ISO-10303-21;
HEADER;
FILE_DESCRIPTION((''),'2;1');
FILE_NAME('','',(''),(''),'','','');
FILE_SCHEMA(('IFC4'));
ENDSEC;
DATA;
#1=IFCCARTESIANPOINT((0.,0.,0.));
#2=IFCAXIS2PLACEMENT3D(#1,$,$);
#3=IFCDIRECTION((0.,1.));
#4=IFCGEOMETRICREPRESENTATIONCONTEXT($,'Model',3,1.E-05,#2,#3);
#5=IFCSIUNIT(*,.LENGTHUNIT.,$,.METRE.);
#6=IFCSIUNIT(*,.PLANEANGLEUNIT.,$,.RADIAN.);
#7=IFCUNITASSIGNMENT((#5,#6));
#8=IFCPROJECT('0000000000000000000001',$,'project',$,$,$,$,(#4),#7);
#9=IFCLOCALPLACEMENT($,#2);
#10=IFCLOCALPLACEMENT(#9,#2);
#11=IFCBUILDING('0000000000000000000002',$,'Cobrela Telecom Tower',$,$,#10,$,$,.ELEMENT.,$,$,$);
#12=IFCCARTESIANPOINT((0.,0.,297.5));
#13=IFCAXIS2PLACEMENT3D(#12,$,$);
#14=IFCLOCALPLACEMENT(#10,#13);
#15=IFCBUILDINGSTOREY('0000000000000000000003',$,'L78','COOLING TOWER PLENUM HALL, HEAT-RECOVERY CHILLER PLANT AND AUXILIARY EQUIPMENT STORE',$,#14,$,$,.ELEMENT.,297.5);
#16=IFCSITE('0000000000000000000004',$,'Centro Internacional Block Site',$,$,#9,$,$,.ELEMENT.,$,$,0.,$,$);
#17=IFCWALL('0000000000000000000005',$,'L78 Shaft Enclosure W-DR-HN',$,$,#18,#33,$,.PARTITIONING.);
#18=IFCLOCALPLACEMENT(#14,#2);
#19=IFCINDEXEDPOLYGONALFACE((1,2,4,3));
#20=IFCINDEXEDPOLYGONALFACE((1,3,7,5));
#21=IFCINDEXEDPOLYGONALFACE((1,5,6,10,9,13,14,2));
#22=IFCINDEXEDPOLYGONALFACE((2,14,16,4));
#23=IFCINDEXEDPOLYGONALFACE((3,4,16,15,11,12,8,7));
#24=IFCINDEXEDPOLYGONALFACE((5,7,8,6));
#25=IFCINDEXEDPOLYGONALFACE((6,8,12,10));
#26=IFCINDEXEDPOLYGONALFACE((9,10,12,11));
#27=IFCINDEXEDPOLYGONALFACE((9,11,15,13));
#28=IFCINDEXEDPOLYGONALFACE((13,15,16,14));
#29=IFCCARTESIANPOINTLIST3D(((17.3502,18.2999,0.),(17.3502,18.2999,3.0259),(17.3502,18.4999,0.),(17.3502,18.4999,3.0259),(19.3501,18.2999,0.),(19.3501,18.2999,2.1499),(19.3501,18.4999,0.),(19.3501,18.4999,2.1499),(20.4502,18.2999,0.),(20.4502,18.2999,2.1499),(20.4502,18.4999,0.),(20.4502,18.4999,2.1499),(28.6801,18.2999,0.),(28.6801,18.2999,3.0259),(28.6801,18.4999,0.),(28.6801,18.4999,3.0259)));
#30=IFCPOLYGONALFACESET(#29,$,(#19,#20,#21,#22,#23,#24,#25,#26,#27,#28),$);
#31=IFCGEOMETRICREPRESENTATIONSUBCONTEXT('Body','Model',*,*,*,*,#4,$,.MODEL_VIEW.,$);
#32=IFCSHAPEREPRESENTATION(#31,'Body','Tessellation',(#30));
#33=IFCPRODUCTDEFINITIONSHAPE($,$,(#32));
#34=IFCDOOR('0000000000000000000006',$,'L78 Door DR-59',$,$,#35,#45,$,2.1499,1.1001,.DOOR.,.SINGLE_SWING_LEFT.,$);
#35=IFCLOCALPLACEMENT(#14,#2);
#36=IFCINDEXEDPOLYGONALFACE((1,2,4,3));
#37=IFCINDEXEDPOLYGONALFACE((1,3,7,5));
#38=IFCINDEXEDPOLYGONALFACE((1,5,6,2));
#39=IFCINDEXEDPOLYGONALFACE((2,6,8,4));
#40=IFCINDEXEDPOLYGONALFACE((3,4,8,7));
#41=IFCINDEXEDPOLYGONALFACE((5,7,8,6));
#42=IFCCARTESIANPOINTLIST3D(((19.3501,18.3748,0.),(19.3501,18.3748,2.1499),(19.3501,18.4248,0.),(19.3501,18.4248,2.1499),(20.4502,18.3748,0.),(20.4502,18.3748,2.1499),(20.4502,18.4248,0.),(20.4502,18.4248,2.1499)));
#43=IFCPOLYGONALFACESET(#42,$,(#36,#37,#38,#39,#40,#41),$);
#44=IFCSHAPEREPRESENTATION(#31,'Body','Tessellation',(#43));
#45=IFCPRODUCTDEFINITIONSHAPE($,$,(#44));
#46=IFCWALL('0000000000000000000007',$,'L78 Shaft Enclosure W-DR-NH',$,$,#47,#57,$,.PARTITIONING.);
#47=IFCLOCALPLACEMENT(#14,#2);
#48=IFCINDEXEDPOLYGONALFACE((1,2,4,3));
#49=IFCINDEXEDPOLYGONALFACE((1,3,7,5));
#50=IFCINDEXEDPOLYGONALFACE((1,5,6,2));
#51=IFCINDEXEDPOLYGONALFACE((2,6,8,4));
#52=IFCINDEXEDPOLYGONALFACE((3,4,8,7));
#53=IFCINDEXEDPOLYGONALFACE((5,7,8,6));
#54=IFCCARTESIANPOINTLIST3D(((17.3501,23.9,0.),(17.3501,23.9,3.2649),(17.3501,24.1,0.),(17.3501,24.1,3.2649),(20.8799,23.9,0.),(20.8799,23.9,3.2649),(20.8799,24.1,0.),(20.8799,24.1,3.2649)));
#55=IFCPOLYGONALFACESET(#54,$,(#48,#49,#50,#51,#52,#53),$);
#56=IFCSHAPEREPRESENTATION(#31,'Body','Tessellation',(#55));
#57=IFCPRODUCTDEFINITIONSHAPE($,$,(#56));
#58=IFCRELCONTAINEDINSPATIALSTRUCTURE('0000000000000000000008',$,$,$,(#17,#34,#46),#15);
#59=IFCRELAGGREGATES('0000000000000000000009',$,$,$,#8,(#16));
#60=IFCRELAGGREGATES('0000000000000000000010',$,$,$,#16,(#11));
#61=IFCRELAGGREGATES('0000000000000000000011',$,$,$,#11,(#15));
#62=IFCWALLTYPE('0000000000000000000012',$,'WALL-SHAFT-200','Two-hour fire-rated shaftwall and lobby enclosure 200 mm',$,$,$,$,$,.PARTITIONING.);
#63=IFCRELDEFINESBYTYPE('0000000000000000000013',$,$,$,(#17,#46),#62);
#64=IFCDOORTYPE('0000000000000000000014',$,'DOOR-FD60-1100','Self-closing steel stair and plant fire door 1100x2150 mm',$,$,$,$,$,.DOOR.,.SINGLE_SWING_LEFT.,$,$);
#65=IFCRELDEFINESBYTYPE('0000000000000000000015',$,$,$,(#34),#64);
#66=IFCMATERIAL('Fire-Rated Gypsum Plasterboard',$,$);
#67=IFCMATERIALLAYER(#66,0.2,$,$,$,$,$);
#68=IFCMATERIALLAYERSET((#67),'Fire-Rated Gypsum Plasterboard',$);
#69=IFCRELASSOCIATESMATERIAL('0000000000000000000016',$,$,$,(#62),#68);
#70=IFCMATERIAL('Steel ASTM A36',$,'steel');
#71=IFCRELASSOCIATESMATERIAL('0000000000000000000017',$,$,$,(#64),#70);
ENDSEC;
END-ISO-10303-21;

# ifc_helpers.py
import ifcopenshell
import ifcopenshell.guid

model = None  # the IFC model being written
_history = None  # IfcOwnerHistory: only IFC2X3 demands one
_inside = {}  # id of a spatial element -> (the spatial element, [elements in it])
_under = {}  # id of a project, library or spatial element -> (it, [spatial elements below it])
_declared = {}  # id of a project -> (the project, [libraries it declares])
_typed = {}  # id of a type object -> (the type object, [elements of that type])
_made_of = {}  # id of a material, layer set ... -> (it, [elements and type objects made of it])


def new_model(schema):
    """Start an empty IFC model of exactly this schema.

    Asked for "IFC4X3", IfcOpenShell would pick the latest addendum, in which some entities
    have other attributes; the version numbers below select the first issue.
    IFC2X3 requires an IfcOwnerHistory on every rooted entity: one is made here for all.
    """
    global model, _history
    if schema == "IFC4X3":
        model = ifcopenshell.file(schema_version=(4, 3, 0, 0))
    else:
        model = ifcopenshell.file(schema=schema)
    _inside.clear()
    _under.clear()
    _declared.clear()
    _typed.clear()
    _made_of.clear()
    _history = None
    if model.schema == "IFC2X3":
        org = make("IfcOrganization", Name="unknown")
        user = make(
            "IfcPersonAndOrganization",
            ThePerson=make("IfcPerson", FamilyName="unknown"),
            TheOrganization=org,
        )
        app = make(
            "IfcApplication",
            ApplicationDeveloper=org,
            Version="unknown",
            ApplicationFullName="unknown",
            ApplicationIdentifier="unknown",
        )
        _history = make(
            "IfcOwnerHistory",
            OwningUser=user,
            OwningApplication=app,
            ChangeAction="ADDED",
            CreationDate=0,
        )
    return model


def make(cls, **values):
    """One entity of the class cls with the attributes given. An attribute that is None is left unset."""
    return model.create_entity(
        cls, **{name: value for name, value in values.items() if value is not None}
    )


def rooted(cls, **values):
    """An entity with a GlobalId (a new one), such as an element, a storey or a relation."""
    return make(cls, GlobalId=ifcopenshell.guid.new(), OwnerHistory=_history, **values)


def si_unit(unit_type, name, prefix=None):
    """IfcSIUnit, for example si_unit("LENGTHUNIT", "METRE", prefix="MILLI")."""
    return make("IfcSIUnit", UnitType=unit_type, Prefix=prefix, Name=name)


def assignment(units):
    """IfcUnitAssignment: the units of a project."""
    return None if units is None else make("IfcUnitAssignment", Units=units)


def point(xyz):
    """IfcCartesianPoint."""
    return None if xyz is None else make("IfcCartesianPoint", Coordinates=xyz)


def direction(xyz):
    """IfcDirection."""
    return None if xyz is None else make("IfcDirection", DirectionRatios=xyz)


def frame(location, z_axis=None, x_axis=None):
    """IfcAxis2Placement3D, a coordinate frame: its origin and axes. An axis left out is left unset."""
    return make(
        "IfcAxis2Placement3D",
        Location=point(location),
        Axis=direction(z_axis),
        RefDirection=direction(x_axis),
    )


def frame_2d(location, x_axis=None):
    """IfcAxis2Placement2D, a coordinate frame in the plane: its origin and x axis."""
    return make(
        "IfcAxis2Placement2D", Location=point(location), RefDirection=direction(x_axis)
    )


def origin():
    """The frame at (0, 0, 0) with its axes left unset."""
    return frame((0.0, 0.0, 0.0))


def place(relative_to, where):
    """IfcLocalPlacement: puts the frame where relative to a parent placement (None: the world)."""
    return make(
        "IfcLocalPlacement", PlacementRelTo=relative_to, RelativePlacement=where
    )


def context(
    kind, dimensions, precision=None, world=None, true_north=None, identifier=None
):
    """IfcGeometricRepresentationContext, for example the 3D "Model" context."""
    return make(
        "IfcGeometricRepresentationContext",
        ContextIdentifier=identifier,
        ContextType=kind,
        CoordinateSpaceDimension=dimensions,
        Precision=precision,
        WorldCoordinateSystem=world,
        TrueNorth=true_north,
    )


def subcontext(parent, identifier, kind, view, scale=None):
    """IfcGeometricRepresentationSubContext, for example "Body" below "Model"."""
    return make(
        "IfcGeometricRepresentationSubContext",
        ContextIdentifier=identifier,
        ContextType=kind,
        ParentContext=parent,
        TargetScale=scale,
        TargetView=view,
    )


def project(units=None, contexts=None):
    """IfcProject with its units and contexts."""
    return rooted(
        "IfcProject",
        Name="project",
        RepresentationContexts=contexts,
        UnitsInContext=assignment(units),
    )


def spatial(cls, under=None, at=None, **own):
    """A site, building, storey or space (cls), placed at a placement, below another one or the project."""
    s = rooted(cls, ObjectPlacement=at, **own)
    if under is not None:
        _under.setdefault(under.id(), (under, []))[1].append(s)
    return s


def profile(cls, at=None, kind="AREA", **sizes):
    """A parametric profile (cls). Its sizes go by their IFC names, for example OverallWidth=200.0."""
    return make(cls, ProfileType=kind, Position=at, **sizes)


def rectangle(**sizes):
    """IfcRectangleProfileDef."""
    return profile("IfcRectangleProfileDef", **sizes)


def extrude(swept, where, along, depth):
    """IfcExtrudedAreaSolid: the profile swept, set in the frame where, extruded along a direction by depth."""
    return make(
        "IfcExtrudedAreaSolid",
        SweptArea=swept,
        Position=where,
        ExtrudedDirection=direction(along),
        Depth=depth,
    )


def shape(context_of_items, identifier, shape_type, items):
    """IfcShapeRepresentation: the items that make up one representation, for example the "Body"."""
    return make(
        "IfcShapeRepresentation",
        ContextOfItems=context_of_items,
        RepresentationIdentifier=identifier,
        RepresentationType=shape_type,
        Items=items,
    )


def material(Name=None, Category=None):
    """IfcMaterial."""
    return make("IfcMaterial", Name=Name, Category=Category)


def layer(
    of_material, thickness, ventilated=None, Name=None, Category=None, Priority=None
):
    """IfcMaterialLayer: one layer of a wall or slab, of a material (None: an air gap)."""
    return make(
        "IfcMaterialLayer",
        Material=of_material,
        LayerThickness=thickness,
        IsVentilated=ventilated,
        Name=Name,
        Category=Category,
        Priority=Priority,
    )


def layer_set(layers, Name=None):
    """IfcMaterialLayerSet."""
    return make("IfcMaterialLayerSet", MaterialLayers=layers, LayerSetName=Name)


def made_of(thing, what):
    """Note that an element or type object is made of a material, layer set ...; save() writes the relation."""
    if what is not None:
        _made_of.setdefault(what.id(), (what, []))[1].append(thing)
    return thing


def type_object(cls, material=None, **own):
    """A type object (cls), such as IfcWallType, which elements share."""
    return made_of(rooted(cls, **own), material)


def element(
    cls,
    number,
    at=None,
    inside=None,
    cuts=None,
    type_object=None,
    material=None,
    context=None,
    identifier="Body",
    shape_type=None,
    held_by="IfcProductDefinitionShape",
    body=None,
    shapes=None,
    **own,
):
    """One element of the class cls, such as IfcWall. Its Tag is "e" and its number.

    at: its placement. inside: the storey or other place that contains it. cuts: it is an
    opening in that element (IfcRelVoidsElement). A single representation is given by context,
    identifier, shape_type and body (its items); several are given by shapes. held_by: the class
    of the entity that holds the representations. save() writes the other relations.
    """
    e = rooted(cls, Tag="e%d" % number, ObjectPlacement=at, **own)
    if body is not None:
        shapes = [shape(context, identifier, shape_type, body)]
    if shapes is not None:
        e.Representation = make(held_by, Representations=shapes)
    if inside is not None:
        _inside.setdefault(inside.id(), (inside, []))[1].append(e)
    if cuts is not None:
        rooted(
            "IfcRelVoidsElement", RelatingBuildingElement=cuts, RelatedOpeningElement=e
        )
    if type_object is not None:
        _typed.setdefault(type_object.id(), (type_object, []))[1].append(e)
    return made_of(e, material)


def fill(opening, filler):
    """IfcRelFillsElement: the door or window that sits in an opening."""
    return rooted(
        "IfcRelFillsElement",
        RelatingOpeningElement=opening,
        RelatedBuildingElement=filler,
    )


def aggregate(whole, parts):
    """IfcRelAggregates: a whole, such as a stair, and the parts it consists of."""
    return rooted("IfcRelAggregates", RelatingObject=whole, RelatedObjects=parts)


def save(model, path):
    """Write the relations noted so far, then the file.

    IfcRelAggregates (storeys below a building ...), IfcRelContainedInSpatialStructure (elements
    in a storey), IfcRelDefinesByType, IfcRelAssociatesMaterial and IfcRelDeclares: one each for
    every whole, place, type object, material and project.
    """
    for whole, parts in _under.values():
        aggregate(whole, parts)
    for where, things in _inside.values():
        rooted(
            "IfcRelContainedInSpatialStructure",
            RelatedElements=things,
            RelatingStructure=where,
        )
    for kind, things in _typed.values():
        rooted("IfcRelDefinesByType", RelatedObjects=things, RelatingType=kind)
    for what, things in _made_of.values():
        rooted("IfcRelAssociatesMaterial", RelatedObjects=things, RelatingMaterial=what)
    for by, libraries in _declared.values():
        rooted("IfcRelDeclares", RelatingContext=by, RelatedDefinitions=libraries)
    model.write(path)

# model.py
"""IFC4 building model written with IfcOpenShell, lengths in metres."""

from ifc_helpers import new_model, si_unit, direction, frame, frame_2d, origin, place, context, subcontext, project, spatial, rectangle, extrude, material, layer, layer_set, type_object, element, fill, save


model = new_model("IFC4")

# Units and contexts
model_context = context("Model", 3, precision=1e-05, world=origin(), true_north=direction((0.0, 1.0)))
body_context = subcontext(model_context, "Body", "Model", "MODEL_VIEW")
ifc_project = project(units=[si_unit("LENGTHUNIT", "METRE"), si_unit("PLANEANGLEUNIT", "RADIAN")], contexts=[model_context])

# Site, building, storey
site_placement = place(None, origin())
site = spatial("IfcSite", under=ifc_project, at=site_placement, Name="Centro Internacional Block Site", CompositionType="ELEMENT", RefElevation=0.0)
building_placement = place(site_placement, origin())
building = spatial("IfcBuilding", under=site, at=building_placement, Name="Cobrela Telecom Tower", CompositionType="ELEMENT")
storey_placement = place(building_placement, frame((0.0, 0.0, 297.5)))
storey = spatial("IfcBuildingStorey", under=building, at=storey_placement, Name="L78", Description="COOLING TOWER PLENUM HALL, HEAT-RECOVERY CHILLER PLANT AND AUXILIARY EQUIPMENT STORE", CompositionType="ELEMENT", Elevation=297.5)

# Wall, opening, door
ifc_material_1 = material(Name="Fire-Rated Gypsum Plasterboard")
ifc_layer_1 = layer(ifc_material_1, 0.2)
ifc_layer_set_1 = layer_set([ifc_layer_1], Name="Fire-Rated Gypsum Plasterboard")
wall_type_1 = type_object("IfcWallType", Name="WALL-SHAFT-200", Description="Two-hour fire-rated shaftwall and lobby enclosure 200 mm", PredefinedType="PARTITIONING", material=ifc_layer_set_1)
wall_1_placement = place(storey_placement, frame((17.3501, 18.3999, 0.0), z_axis=(0.0, 0.0, 1.0), x_axis=(1.0, 0.0, 0.0)))
wall_1 = element("IfcWall", 1, at=wall_1_placement, inside=storey, type_object=wall_type_1, Name="L78 Shaft Enclosure W-DR-HN", PredefinedType="PARTITIONING", context=body_context, shape_type="SweptSolid", body=[
    extrude(rectangle(XDim=11.3298, YDim=0.2, at=frame_2d((5.665, 0.0))), origin(), (0.0, 0.0, 1.0), 3.0259),
])
opening_placement = place(wall_1_placement, frame((2.0, 0.0, 0.0)))
opening = element("IfcOpeningElement", 2, at=opening_placement, cuts=wall_1, PredefinedType="OPENING", context=body_context, shape_type="SweptSolid", body=[
    extrude(rectangle(XDim=1.1001, YDim=2.1499, at=frame_2d((0.55, 1.075))), frame((0.0, 0.1118, 0.0), z_axis=(0.0, -1.0, 0.0), x_axis=(1.0, 0.0, 0.0)), (0.0, 0.0, 1.0), 0.2239),
])
ifc_material_2 = material(Name="Steel ASTM A36", Category="steel")
door_type = type_object("IfcDoorType", Name="DOOR-FD60-1100", Description="Self-closing steel stair and plant fire door 1100x2150 mm", OperationType="SINGLE_SWING_LEFT", PredefinedType="DOOR", material=ifc_material_2)
door_placement = place(opening_placement, origin())
door = element("IfcDoor", 3, at=door_placement, inside=storey, type_object=door_type, Name="L78 Door DR-59", OperationType="SINGLE_SWING_LEFT", OverallHeight=2.1499, OverallWidth=1.1001, PredefinedType="DOOR", context=body_context, shape_type="SweptSolid", body=[
    extrude(rectangle(XDim=1.1001, YDim=2.1499, at=frame_2d((0.55, 1.075))), frame((0.0, 0.0249, 0.0), z_axis=(0.0, -1.0, 0.0), x_axis=(1.0, 0.0, 0.0)), (0.0, 0.0, 1.0), 0.05),
])
fill(opening, door)

# Wall
wall_2_placement = place(storey_placement, frame((17.3501, 24.0, 0.0), z_axis=(0.0, 0.0, 1.0), x_axis=(1.0, 0.0, 0.0)))
element("IfcWall", 4, at=wall_2_placement, inside=storey, type_object=wall_type_1, Name="L78 Shaft Enclosure W-DR-NH", PredefinedType="PARTITIONING", context=body_context, shape_type="SweptSolid", body=[
    extrude(rectangle(XDim=3.5298, YDim=0.2, at=frame_2d((1.7649, 0.0))), origin(), (0.0, 0.0, 1.0), 3.2649),
])

save(model, "model.ifc")
